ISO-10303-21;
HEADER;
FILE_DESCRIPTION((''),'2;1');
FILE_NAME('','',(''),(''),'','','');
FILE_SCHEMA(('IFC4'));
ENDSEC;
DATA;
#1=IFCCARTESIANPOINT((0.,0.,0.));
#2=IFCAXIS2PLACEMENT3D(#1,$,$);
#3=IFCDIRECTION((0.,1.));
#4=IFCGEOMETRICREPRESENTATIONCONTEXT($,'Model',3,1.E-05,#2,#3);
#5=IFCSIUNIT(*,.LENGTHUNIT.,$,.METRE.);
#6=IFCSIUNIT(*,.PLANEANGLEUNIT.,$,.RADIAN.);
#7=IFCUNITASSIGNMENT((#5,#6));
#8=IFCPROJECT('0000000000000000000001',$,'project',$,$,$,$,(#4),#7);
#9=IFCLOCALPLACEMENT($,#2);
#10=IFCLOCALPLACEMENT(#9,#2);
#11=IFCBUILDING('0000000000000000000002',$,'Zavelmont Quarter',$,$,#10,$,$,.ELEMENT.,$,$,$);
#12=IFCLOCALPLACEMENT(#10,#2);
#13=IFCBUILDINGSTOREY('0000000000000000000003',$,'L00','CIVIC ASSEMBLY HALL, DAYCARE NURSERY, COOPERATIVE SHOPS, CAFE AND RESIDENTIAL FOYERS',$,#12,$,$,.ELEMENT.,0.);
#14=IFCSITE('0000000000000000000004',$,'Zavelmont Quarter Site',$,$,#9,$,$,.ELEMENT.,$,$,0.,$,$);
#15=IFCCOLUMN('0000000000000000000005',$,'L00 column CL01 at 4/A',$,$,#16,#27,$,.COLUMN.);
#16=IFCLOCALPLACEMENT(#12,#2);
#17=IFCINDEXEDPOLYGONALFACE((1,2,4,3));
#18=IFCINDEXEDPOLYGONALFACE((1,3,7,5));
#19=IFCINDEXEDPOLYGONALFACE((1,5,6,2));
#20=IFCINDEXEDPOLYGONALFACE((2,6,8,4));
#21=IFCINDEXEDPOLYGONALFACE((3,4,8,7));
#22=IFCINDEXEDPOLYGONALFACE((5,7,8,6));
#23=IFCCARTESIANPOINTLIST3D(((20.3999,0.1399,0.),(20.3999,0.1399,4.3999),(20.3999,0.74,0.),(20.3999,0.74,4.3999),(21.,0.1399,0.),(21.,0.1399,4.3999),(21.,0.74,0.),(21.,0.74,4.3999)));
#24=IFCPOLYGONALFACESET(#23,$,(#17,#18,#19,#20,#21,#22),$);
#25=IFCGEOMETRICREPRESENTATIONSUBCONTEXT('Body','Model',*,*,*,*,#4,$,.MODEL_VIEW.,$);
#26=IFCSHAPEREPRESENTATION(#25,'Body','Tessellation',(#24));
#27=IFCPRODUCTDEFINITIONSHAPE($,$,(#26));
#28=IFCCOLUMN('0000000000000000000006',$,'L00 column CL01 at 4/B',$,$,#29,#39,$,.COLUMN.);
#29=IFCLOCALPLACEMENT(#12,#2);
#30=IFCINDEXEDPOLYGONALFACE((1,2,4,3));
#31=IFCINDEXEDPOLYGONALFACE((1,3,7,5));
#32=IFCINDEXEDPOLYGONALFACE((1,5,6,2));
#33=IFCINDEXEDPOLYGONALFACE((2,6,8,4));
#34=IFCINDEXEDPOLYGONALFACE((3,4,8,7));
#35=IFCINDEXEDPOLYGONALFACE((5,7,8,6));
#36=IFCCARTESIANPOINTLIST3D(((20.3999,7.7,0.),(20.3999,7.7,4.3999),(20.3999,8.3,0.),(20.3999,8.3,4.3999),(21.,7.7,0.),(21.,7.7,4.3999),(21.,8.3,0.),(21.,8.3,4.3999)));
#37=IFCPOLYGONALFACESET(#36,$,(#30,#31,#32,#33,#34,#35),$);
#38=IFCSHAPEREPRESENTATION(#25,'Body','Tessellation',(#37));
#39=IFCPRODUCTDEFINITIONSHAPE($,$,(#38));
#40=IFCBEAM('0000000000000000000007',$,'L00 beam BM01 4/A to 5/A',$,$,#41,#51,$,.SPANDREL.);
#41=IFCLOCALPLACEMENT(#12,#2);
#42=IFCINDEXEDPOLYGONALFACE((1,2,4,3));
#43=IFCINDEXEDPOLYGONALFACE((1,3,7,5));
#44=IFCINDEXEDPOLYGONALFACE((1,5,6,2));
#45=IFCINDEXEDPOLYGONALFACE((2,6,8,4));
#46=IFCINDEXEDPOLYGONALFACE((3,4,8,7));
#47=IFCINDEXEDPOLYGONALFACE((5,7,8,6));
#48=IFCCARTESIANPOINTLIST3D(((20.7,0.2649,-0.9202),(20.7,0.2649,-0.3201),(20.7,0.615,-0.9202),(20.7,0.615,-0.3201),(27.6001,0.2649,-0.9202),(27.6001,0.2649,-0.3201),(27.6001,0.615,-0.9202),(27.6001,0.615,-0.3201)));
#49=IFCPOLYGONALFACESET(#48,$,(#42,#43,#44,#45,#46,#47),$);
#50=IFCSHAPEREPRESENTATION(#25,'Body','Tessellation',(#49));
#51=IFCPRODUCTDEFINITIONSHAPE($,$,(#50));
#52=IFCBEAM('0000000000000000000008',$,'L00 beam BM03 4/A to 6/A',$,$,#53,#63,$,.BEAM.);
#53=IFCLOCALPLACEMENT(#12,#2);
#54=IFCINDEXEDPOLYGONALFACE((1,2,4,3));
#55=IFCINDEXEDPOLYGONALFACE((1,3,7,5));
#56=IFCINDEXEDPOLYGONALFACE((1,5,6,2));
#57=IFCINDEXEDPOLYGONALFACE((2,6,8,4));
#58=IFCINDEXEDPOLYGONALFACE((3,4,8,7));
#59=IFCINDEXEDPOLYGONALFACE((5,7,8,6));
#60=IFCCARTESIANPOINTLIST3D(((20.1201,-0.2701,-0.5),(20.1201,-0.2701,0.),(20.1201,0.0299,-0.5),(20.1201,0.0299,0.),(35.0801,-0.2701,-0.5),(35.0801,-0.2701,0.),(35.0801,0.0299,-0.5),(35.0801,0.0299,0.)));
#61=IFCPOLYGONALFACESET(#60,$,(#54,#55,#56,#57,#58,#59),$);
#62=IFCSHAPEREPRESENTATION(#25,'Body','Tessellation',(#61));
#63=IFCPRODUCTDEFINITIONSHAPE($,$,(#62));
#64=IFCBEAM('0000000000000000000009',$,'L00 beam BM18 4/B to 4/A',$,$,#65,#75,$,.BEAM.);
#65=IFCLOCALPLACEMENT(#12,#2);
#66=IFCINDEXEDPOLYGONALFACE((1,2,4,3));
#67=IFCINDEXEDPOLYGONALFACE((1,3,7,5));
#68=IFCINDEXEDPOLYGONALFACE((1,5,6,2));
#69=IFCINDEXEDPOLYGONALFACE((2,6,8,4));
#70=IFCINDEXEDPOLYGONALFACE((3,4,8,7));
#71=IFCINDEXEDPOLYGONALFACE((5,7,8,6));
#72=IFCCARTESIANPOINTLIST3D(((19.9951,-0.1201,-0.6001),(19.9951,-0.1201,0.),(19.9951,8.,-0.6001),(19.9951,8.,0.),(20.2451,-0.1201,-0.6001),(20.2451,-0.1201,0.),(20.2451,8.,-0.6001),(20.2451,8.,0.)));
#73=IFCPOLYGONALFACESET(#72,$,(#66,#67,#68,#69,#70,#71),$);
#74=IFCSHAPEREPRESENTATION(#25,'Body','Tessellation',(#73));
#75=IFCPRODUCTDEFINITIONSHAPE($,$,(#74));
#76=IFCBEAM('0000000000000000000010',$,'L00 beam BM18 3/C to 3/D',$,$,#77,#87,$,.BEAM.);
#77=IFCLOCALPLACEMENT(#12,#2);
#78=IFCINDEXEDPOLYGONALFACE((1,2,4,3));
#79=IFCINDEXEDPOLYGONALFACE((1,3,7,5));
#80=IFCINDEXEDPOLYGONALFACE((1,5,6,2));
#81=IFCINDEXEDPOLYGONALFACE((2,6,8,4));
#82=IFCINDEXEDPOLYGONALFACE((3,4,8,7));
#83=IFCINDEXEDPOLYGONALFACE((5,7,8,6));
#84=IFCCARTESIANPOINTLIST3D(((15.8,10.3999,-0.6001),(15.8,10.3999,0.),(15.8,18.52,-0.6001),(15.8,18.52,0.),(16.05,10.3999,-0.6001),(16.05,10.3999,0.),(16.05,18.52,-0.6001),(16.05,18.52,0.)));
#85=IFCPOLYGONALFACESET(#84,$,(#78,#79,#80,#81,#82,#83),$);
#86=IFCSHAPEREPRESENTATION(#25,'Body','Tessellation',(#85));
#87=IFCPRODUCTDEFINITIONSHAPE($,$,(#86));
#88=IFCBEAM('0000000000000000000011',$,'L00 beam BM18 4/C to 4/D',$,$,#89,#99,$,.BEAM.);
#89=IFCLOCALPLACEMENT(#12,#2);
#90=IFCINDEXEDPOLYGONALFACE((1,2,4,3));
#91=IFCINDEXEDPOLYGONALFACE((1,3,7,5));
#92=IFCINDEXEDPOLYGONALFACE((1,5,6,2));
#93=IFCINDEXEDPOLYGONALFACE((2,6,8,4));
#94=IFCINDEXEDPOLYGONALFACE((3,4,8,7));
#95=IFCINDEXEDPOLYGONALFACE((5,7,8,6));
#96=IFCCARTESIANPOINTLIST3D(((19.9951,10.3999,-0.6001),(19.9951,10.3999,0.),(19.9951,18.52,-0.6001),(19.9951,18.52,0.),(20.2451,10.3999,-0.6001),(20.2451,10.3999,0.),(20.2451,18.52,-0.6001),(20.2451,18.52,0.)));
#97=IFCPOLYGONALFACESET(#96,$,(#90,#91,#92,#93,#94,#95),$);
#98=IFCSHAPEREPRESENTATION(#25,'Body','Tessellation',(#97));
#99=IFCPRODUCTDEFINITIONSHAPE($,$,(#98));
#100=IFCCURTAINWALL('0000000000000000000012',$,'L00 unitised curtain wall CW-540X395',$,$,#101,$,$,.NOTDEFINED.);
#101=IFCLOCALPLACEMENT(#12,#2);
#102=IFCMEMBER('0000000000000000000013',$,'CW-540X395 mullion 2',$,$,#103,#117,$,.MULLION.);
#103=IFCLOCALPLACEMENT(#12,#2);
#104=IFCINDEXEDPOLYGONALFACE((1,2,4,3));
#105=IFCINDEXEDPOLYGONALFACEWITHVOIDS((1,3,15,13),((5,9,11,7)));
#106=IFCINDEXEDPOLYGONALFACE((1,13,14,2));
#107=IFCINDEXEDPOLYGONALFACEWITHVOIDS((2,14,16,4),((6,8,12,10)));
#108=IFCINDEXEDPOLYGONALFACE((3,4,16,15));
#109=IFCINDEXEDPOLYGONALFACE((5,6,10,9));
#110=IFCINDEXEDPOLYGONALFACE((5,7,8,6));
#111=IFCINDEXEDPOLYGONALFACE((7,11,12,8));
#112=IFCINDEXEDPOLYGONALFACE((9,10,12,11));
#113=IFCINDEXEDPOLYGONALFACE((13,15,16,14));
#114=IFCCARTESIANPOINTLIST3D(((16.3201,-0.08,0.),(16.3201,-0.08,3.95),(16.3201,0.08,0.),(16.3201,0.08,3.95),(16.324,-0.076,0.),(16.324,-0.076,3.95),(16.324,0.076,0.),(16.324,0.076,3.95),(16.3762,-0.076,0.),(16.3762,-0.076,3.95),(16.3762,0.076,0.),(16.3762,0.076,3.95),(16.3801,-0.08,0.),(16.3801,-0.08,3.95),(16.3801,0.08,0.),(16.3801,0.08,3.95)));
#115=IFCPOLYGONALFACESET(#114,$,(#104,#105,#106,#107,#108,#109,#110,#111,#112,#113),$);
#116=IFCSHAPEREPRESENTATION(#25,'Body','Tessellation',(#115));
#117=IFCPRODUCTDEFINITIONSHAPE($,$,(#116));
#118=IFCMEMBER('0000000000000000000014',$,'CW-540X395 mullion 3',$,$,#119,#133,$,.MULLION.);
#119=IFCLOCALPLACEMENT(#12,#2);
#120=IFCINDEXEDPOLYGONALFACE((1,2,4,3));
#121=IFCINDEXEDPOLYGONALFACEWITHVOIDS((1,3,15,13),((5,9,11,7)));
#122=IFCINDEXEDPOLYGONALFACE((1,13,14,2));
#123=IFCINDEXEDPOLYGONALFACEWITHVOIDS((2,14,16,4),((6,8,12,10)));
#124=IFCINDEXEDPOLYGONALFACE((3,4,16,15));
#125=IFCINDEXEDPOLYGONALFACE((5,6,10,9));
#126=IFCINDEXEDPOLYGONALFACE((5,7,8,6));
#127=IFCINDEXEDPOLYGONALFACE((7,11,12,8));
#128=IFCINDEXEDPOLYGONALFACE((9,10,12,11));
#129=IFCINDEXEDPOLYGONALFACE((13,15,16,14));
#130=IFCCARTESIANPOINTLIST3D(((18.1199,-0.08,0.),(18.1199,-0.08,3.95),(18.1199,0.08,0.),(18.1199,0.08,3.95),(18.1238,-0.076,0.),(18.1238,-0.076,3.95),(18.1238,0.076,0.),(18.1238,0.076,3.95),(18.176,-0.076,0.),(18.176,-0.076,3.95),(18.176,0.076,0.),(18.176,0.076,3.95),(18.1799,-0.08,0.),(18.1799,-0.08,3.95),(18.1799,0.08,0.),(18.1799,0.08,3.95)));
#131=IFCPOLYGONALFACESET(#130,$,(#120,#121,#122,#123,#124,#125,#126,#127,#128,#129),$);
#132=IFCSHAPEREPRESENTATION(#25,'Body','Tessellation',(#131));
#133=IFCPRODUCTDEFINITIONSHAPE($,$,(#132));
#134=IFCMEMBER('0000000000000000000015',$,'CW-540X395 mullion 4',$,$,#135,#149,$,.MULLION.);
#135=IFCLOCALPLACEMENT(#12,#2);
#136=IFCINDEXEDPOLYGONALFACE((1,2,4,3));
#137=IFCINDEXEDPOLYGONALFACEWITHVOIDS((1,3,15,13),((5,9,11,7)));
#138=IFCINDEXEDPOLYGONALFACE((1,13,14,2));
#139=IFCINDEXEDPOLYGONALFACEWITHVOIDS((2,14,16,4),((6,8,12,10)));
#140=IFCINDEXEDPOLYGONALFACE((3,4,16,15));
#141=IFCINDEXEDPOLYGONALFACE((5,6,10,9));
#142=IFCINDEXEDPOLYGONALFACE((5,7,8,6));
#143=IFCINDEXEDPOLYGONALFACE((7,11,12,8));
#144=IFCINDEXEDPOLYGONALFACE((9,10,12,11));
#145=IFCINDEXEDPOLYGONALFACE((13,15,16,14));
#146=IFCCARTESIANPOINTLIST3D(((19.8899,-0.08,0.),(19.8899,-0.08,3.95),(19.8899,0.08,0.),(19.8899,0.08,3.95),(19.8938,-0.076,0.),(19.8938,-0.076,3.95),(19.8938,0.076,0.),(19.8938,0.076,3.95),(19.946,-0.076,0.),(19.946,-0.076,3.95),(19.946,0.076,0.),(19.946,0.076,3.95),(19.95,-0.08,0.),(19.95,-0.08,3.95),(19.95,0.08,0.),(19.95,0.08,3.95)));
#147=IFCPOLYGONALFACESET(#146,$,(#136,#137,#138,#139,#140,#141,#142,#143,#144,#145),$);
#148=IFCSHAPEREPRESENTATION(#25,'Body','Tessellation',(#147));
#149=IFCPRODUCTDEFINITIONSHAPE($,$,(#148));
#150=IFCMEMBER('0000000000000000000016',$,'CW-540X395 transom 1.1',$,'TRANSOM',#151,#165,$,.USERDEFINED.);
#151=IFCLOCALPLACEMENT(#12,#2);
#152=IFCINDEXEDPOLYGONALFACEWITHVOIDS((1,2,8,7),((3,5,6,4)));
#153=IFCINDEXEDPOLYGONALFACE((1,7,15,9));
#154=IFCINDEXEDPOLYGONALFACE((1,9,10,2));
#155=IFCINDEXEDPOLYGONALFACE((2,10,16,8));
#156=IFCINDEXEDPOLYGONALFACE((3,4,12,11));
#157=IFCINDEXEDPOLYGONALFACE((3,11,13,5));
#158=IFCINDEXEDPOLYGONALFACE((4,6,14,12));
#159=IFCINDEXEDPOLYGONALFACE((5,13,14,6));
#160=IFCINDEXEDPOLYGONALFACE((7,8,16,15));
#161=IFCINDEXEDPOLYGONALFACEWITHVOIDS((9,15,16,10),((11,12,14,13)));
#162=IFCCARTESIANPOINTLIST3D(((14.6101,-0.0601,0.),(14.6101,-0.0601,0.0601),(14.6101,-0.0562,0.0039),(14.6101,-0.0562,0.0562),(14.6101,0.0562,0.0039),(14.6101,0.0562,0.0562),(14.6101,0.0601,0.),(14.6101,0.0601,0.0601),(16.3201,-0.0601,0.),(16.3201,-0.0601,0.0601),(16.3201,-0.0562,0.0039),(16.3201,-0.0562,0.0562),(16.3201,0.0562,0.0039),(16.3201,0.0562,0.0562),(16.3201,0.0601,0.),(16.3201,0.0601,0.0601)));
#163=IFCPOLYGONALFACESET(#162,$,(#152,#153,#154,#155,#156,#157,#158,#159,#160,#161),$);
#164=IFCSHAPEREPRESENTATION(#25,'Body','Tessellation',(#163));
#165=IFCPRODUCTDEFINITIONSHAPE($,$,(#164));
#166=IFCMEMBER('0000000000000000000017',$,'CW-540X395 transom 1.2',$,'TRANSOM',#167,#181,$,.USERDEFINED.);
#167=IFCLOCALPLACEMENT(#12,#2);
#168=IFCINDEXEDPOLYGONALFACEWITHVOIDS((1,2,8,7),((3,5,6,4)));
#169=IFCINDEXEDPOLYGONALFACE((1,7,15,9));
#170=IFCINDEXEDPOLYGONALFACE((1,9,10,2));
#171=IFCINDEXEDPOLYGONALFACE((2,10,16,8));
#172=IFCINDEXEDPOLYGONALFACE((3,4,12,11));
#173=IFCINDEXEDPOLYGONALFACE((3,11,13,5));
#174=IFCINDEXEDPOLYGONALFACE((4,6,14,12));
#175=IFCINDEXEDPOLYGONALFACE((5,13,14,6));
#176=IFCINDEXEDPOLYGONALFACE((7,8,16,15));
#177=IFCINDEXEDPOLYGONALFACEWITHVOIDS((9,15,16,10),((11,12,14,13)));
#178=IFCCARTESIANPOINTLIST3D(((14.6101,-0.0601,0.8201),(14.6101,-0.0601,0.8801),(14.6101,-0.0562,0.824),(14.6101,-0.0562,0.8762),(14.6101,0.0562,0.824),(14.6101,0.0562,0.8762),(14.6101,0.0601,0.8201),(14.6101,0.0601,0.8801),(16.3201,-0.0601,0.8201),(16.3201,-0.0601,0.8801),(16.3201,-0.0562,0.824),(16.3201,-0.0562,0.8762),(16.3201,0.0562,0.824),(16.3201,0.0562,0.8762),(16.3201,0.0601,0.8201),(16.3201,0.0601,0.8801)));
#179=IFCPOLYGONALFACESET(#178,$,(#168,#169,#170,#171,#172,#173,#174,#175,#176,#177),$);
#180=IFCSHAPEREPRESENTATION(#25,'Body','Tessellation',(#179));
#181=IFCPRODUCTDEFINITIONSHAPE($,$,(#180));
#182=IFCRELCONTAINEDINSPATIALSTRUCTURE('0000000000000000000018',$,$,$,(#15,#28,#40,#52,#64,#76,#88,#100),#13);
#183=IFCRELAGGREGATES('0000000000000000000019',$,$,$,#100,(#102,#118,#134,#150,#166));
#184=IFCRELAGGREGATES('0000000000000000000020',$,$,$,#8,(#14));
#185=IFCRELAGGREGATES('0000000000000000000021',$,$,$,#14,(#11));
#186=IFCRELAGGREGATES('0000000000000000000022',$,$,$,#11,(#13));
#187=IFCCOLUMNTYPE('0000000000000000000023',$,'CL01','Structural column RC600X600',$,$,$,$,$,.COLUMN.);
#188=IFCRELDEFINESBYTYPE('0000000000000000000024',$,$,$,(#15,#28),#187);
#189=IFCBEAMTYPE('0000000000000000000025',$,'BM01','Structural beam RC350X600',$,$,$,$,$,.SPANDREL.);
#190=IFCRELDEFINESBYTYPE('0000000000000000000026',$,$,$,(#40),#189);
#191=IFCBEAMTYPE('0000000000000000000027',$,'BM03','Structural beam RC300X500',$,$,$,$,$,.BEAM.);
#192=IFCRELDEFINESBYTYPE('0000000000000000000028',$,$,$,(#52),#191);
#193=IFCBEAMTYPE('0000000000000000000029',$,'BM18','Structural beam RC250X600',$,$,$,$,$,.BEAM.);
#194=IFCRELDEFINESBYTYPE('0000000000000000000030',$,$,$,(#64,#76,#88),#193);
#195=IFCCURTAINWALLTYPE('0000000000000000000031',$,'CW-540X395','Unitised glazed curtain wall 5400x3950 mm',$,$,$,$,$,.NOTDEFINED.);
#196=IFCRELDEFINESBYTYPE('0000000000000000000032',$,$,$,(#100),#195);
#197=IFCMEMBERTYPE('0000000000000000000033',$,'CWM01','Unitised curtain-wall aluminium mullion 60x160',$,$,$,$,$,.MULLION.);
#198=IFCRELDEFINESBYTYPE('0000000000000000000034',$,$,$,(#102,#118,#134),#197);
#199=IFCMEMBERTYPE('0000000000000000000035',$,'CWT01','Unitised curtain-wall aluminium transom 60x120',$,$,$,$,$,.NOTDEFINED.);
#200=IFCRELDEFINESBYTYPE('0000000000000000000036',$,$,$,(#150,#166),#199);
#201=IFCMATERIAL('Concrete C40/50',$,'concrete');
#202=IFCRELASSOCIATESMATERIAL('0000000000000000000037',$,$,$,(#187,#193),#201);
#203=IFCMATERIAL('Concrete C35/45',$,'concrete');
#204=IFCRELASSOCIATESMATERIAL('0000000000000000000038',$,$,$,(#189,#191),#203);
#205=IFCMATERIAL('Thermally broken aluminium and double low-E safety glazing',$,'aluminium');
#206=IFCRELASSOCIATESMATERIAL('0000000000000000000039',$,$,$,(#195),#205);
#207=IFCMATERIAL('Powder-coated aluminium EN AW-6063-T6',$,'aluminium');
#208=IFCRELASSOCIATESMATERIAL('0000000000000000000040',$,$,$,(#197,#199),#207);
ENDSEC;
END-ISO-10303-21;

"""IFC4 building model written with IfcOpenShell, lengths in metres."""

from ifc_helpers import new_model, si_unit, direction, frame, origin, origin_2d, place, context, subcontext, project, spatial, rectangle, hollow_rectangle, extrude, material, material_profile, profile_set, type_object, element, aggregate, save


model = new_model("IFC4")

# Units and contexts
model_context = context("Model", 3, precision=1e-05, world=origin(), true_north=direction((0.0, 1.0)))
body_context = subcontext(model_context, "Body", "Model", "MODEL_VIEW")
ifc_project = project(units=[si_unit("LENGTHUNIT", "METRE"), si_unit("PLANEANGLEUNIT", "RADIAN")], contexts=[model_context])

# Site, building, storey
site_placement = place(None, origin())
site = spatial("IfcSite", under=ifc_project, at=site_placement, Name="Zavelmont Quarter Site", CompositionType="ELEMENT", RefElevation=0.0)
building_placement = place(site_placement, origin())
building = spatial("IfcBuilding", under=site, at=building_placement, Name="Zavelmont Quarter", CompositionType="ELEMENT")
storey_placement = place(building_placement, origin())
storey = spatial("IfcBuildingStorey", under=building, at=storey_placement, Name="L00", Description="CIVIC ASSEMBLY HALL, DAYCARE NURSERY, COOPERATIVE SHOPS, CAFE AND RESIDENTIAL FOYERS", CompositionType="ELEMENT", Elevation=0.0)

# Columns
ifc_material_1 = material(Name="Concrete C40/50", Category="concrete")
ifc_material_profile_1 = material_profile(ifc_material_1, rectangle(XDim=0.6001, YDim=0.6001, at=origin_2d()), Name="RC600X600")
ifc_profile_set_1 = profile_set([ifc_material_profile_1], Name="Concrete C40/50")
column_type = type_object("IfcColumnType", Name="CL01", Description="Structural column RC600X600", PredefinedType="COLUMN", material=ifc_profile_set_1)
for number, where, z_axis, x_axis, name in (
    (1, (20.7, 0.4399, 0.0), (0.0, 0.0, 1.0), (1.0, 0.0, 0.0), "L00 column CL01 at 4/A"),
    (2, (20.7, 8.0, 0.0), (0.0, 0.0, 1.0), (1.0, 0.0, 0.0), "L00 column CL01 at 4/B"),
):
    element("IfcColumn", number, at=place(storey_placement, frame(where, z_axis=z_axis, x_axis=x_axis)), inside=storey, type_object=column_type, Name=name, PredefinedType="COLUMN", context=body_context, shape_type="SweptSolid", body=[
        extrude(rectangle(XDim=0.6001, YDim=0.6001, at=origin_2d()), origin(), (0.0, 0.0, 1.0), 4.3999),
    ])

# Beams
ifc_material_2 = material(Name="Concrete C35/45", Category="concrete")
ifc_material_profile_2 = material_profile(ifc_material_2, rectangle(XDim=0.3501, YDim=0.6001, at=origin_2d()), Name="RC350X600")
ifc_profile_set_2 = profile_set([ifc_material_profile_2], Name="Concrete C35/45")
beam_type_1 = type_object("IfcBeamType", Name="BM01", Description="Structural beam RC350X600", PredefinedType="SPANDREL", material=ifc_profile_set_2)
beam_1_placement = place(storey_placement, frame((20.7, 0.4399, -0.6201), z_axis=(1.0, 0.0, 0.0), x_axis=(0.0, 1.0, 0.0)))
element("IfcBeam", 3, at=beam_1_placement, inside=storey, type_object=beam_type_1, Name="L00 beam BM01 4/A to 5/A", PredefinedType="SPANDREL", context=body_context, shape_type="SweptSolid", body=[
    extrude(rectangle(XDim=0.3501, YDim=0.6001, at=origin_2d()), origin(), (0.0, 0.0, 1.0), 6.9001),
])
ifc_material_profile_3 = material_profile(ifc_material_2, rectangle(XDim=0.3, YDim=0.5, at=origin_2d()), Name="RC300X500")
ifc_profile_set_3 = profile_set([ifc_material_profile_3], Name="Concrete C35/45")
beam_type_2 = type_object("IfcBeamType", Name="BM03", Description="Structural beam RC300X500", PredefinedType="BEAM", material=ifc_profile_set_3)
beam_2_placement = place(storey_placement, frame((20.1201, -0.1201, -0.25), z_axis=(1.0, 0.0, 0.0), x_axis=(0.0, 1.0, 0.0)))
element("IfcBeam", 4, at=beam_2_placement, inside=storey, type_object=beam_type_2, Name="L00 beam BM03 4/A to 6/A", PredefinedType="BEAM", context=body_context, shape_type="SweptSolid", body=[
    extrude(rectangle(XDim=0.3, YDim=0.5, at=origin_2d()), origin(), (0.0, 0.0, 1.0), 14.96),
])
ifc_material_profile_4 = material_profile(ifc_material_1, rectangle(XDim=0.25, YDim=0.6001, at=origin_2d()), Name="RC250X600")
ifc_profile_set_4 = profile_set([ifc_material_profile_4], Name="Concrete C40/50")
beam_type_3 = type_object("IfcBeamType", Name="BM18", Description="Structural beam RC250X600", PredefinedType="BEAM", material=ifc_profile_set_4)
for number, where, z_axis, x_axis, name in (
    (5, (20.1201, 8.0, -0.3), (0.0, -1.0, 0.0), (1.0, 0.0, 0.0), "L00 beam BM18 4/B to 4/A"),
    (6, (15.925, 10.3999, -0.3), (0.0, 1.0, 0.0), (-1.0, 0.0, 0.0), "L00 beam BM18 3/C to 3/D"),
    (7, (20.1201, 10.3999, -0.3), (0.0, 1.0, 0.0), (-1.0, 0.0, 0.0), "L00 beam BM18 4/C to 4/D"),
):
    element("IfcBeam", number, at=place(storey_placement, frame(where, z_axis=z_axis, x_axis=x_axis)), inside=storey, type_object=beam_type_3, Name=name, PredefinedType="BEAM", context=body_context, shape_type="SweptSolid", body=[
        extrude(rectangle(XDim=0.25, YDim=0.6001, at=origin_2d()), origin(), (0.0, 0.0, 1.0), 8.1201),
    ])

# Curtain wall, members
ifc_material_3 = material(Name="Thermally broken aluminium and double low-E safety glazing", Category="aluminium")
curtain_wall_type = type_object("IfcCurtainWallType", Name="CW-540X395", Description="Unitised glazed curtain wall 5400x3950 mm", PredefinedType="NOTDEFINED", material=ifc_material_3)
curtain_wall_placement = place(storey_placement, origin())
curtain_wall = element("IfcCurtainWall", 8, at=curtain_wall_placement, inside=storey, type_object=curtain_wall_type, Name="L00 unitised curtain wall CW-540X395", PredefinedType="NOTDEFINED")
ifc_material_4 = material(Name="Powder-coated aluminium EN AW-6063-T6", Category="aluminium")
ifc_material_profile_5 = material_profile(ifc_material_4, hollow_rectangle(XDim=0.0601, YDim=0.1599, WallThickness=0.0039, at=origin_2d()), Name="CWM60X160")
ifc_profile_set_5 = profile_set([ifc_material_profile_5], Name="Powder-coated aluminium EN AW-6063-T6")
member_type_1 = type_object("IfcMemberType", Name="CWM01", Description="Unitised curtain-wall aluminium mullion 60x160", PredefinedType="MULLION", material=ifc_profile_set_5)
member_1_placement = place(storey_placement, frame((16.3501, 0.0, 0.0), z_axis=(0.0, 0.0, 1.0), x_axis=(1.0, 0.0, 0.0)))
member_1 = element("IfcMember", 9, at=member_1_placement, type_object=member_type_1, Name="CW-540X395 mullion 2", PredefinedType="MULLION", context=body_context, shape_type="SweptSolid", body=[
    extrude(hollow_rectangle(XDim=0.0601, YDim=0.1599, WallThickness=0.0039, at=origin_2d()), origin(), (0.0, 0.0, 1.0), 3.95),
])
member_2_placement = place(storey_placement, frame((18.1499, 0.0, 0.0), z_axis=(0.0, 0.0, 1.0), x_axis=(1.0, 0.0, 0.0)))
member_2 = element("IfcMember", 10, at=member_2_placement, type_object=member_type_1, Name="CW-540X395 mullion 3", PredefinedType="MULLION", context=body_context, shape_type="SweptSolid", body=[
    extrude(hollow_rectangle(XDim=0.0601, YDim=0.1599, WallThickness=0.0039, at=origin_2d()), origin(), (0.0, 0.0, 1.0), 3.95),
])
member_3_placement = place(storey_placement, frame((19.9199, 0.0, 0.0), z_axis=(0.0, 0.0, 1.0), x_axis=(1.0, 0.0, 0.0)))
member_3 = element("IfcMember", 11, at=member_3_placement, type_object=member_type_1, Name="CW-540X395 mullion 4", PredefinedType="MULLION", context=body_context, shape_type="SweptSolid", body=[
    extrude(hollow_rectangle(XDim=0.0601, YDim=0.1599, WallThickness=0.0039, at=origin_2d()), origin(), (0.0, 0.0, 1.0), 3.95),
])
ifc_material_profile_6 = material_profile(ifc_material_4, hollow_rectangle(XDim=0.1201, YDim=0.0601, WallThickness=0.0039, at=origin_2d()), Name="CWT60X120")
ifc_profile_set_6 = profile_set([ifc_material_profile_6], Name="Powder-coated aluminium EN AW-6063-T6")
member_type_2 = type_object("IfcMemberType", Name="CWT01", Description="Unitised curtain-wall aluminium transom 60x120", PredefinedType="NOTDEFINED", material=ifc_profile_set_6)
member_4_placement = place(storey_placement, frame((14.6101, 0.0, 0.03), z_axis=(1.0, 0.0, 0.0), x_axis=(0.0, 1.0, 0.0)))
member_4 = element("IfcMember", 12, at=member_4_placement, type_object=member_type_2, Name="CW-540X395 transom 1.1", ObjectType="TRANSOM", PredefinedType="USERDEFINED", context=body_context, shape_type="SweptSolid", body=[
    extrude(hollow_rectangle(XDim=0.1201, YDim=0.0601, WallThickness=0.0039, at=origin_2d()), origin(), (0.0, 0.0, 1.0), 1.71),
])
member_5_placement = place(storey_placement, frame((14.6101, 0.0, 0.8501), z_axis=(1.0, 0.0, 0.0), x_axis=(0.0, 1.0, 0.0)))
member_5 = element("IfcMember", 13, at=member_5_placement, type_object=member_type_2, Name="CW-540X395 transom 1.2", ObjectType="TRANSOM", PredefinedType="USERDEFINED", context=body_context, shape_type="SweptSolid", body=[
    extrude(hollow_rectangle(XDim=0.1201, YDim=0.0601, WallThickness=0.0039, at=origin_2d()), origin(), (0.0, 0.0, 1.0), 1.71),
])

aggregate(curtain_wall, [member_1, member_2, member_3, member_4, member_5])

save(model, "model.ifc")
